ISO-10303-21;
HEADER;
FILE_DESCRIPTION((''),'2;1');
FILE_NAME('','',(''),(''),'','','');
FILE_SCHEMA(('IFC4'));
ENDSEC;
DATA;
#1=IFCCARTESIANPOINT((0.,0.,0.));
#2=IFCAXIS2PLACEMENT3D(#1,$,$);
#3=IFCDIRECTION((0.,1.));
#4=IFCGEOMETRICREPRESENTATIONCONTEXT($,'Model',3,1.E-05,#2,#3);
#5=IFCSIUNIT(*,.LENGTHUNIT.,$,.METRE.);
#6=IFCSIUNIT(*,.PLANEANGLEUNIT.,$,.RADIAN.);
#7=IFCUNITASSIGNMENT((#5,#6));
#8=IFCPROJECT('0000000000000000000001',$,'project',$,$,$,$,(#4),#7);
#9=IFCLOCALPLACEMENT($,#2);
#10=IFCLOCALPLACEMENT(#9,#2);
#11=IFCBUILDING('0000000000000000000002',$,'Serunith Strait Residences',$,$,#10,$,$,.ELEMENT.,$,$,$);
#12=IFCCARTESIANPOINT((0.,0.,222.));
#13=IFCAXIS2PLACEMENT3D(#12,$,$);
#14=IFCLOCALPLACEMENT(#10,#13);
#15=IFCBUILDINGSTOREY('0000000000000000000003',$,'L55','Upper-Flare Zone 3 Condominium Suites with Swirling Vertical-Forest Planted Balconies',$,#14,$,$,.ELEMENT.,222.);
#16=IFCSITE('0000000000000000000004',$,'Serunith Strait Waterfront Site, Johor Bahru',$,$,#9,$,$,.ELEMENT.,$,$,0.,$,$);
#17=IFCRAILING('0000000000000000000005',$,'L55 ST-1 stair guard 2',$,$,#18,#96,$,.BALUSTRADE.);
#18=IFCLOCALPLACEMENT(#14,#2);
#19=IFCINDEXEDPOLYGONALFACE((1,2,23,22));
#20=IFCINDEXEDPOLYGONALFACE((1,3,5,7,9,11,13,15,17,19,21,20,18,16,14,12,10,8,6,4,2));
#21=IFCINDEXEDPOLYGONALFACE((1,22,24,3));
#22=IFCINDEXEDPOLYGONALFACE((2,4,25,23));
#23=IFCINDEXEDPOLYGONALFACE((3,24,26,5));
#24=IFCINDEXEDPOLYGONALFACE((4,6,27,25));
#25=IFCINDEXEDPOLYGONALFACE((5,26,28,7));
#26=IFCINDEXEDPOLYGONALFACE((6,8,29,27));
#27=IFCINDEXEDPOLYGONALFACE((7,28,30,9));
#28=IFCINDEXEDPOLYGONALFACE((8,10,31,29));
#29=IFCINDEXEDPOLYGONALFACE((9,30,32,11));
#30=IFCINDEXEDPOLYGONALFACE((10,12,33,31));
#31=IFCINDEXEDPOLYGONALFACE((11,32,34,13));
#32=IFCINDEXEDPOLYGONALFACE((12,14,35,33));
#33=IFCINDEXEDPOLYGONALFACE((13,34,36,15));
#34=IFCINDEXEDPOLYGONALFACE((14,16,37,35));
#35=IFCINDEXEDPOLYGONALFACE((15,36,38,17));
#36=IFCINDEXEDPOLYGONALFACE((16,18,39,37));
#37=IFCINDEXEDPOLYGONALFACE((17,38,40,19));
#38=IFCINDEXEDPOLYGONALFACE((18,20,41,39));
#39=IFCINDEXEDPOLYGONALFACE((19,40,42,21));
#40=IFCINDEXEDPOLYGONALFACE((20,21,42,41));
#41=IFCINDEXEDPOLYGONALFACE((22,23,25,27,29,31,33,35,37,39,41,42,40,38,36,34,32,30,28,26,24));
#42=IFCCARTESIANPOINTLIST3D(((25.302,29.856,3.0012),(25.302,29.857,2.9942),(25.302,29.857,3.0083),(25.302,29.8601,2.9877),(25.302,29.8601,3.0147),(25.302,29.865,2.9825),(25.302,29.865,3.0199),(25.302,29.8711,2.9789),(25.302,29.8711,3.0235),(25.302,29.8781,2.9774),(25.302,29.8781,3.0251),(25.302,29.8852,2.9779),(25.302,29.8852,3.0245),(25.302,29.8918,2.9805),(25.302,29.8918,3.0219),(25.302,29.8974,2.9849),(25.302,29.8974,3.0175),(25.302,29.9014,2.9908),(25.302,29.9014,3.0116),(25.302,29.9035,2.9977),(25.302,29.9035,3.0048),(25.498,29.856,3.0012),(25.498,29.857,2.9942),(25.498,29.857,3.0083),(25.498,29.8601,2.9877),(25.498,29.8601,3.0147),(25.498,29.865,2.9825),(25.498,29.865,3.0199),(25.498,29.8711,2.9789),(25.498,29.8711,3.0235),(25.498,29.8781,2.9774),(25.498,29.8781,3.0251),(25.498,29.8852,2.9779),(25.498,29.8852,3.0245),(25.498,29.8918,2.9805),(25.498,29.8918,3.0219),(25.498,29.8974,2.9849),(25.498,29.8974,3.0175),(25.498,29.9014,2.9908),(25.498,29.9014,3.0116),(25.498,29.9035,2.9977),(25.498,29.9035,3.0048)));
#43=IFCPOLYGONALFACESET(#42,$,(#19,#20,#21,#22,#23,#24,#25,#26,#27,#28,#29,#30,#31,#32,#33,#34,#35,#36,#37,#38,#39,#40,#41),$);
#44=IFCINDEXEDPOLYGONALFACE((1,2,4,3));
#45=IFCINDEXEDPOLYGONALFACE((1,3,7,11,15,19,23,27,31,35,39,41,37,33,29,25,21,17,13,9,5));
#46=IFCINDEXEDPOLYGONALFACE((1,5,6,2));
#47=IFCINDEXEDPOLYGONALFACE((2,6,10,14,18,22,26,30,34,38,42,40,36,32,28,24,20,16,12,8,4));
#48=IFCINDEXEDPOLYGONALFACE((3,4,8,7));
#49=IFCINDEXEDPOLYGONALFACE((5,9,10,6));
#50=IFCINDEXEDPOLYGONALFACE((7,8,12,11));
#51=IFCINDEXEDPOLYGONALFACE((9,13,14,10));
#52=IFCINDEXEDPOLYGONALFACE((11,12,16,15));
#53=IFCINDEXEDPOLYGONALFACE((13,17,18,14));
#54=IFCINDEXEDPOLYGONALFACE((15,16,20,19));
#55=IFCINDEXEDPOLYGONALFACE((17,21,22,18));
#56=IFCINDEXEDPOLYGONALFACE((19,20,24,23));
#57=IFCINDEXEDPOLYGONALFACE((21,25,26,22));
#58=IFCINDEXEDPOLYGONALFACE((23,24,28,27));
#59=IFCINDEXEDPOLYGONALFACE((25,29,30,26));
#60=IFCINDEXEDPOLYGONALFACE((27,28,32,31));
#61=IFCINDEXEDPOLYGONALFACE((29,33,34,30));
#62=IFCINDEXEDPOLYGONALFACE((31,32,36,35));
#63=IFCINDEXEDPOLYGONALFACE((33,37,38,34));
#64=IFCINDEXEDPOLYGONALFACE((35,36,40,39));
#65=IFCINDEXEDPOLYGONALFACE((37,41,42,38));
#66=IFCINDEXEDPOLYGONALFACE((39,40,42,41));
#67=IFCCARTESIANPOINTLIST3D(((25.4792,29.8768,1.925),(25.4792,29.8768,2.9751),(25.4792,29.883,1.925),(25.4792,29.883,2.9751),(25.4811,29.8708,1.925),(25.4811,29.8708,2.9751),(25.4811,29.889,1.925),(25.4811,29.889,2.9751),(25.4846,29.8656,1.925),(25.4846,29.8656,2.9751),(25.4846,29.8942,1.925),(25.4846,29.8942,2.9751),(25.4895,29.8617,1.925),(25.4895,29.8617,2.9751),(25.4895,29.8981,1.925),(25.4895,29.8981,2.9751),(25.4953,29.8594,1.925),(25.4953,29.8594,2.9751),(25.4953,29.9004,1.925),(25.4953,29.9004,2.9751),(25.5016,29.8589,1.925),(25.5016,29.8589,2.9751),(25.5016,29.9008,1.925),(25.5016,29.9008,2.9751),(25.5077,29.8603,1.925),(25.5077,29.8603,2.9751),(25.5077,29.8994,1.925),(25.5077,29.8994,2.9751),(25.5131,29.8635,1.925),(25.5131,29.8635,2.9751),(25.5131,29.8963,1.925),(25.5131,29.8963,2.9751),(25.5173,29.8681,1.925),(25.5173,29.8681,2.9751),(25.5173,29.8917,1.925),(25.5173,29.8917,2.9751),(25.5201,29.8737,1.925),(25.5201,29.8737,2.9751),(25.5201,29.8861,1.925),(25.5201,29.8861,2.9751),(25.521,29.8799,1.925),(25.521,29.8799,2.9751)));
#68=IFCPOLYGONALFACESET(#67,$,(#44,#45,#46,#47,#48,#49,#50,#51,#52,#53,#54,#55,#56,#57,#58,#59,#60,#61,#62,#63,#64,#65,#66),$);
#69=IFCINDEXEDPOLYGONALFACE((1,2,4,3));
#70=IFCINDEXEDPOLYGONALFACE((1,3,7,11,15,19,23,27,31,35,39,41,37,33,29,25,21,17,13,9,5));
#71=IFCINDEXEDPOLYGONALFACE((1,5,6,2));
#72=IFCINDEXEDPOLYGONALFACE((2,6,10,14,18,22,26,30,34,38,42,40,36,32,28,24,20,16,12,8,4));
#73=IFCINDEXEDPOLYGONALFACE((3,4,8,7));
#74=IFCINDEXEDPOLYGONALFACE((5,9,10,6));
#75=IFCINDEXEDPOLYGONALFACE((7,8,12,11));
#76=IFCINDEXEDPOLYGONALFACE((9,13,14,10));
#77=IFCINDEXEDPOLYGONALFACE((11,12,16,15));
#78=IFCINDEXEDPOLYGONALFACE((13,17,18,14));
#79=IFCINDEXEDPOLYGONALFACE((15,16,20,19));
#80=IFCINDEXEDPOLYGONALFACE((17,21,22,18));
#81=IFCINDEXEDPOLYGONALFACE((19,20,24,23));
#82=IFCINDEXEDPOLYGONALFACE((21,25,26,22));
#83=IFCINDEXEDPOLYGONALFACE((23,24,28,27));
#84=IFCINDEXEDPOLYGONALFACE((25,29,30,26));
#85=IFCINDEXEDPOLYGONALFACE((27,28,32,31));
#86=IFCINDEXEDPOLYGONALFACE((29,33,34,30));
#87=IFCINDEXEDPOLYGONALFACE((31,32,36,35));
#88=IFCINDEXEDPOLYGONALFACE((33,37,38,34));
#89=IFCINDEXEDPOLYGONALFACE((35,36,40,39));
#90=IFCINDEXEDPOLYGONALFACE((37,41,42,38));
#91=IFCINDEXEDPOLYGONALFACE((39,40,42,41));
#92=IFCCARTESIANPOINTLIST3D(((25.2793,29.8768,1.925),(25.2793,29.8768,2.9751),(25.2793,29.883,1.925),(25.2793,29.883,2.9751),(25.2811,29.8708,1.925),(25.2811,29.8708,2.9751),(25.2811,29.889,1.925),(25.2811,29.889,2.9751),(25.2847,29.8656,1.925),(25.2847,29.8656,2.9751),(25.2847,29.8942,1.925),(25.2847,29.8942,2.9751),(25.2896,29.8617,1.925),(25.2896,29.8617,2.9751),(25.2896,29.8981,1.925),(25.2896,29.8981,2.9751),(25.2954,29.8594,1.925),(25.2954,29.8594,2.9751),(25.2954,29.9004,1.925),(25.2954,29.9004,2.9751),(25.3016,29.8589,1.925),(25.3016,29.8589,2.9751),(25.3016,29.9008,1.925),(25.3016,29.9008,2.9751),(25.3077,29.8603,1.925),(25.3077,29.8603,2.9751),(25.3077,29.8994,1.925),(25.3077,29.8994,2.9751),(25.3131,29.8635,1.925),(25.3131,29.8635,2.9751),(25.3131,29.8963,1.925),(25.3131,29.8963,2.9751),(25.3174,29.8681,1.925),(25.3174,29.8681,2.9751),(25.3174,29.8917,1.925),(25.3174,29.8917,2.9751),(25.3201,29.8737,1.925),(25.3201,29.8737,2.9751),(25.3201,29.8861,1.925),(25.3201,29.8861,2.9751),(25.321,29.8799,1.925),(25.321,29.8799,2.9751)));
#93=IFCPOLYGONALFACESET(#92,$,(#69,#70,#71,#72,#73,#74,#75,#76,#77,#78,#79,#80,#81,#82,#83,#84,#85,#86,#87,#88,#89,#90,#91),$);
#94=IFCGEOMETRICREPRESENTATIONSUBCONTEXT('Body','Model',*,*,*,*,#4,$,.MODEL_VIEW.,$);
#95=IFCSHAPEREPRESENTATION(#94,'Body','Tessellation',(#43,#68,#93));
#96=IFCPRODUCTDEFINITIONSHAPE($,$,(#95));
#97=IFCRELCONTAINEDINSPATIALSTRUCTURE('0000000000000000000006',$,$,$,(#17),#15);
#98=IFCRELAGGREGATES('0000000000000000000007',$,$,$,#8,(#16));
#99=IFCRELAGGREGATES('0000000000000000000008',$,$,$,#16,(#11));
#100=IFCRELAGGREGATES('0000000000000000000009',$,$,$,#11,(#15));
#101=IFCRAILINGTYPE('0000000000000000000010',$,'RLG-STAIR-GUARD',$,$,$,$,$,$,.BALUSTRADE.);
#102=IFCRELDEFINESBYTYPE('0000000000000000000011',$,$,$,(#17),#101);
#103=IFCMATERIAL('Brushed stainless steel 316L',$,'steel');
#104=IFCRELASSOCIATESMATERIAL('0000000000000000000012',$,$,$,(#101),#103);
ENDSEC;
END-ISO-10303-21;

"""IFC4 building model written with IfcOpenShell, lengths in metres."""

from ifc_helpers import new_model, si_unit, direction, frame, origin, origin_2d, place, context, subcontext, project, spatial, circle, extrude, material, type_object, element, save


model = new_model("IFC4")

# Units and contexts
model_context = context("Model", 3, precision=1e-05, world=origin(), true_north=direction((0.0, 1.0)))
body_context = subcontext(model_context, "Body", "Model", "MODEL_VIEW")
ifc_project = project(units=[si_unit("LENGTHUNIT", "METRE"), si_unit("PLANEANGLEUNIT", "RADIAN")], contexts=[model_context])

# Site, building, storey
site_placement = place(None, origin())
site = spatial("IfcSite", under=ifc_project, at=site_placement, Name="Serunith Strait Waterfront Site, Johor Bahru", CompositionType="ELEMENT", RefElevation=0.0)
building_placement = place(site_placement, origin())
building = spatial("IfcBuilding", under=site, at=building_placement, Name="Serunith Strait Residences", CompositionType="ELEMENT")
storey_placement = place(building_placement, frame((0.0, 0.0, 222.0)))
storey = spatial("IfcBuildingStorey", under=building, at=storey_placement, Name="L55", Description="Upper-Flare Zone 3 Condominium Suites with Swirling Vertical-Forest Planted Balconies", CompositionType="ELEMENT", Elevation=222.0)

# Railing
ifc_material_1 = material(Name="Brushed stainless steel 316L", Category="steel")
railing_type_1 = type_object("IfcRailingType", Name="RLG-STAIR-GUARD", PredefinedType="BALUSTRADE", material=ifc_material_1)
railing_1_placement = place(storey_placement, frame((25.5, 29.8799, 1.925)))
element("IfcRailing", 1, at=railing_1_placement, inside=storey, type_object=railing_type_1, Name="L55 ST-1 stair guard 2", PredefinedType="BALUSTRADE", context=body_context, shape_type="SweptSolid", body=[
    extrude(circle(Radius=0.0239, at=origin_2d()), frame((-0.002, 0.0, 1.0762), z_axis=(-1.0, 0.0, 0.0), x_axis=(0.0, -1.0, 0.0)), (0.0, 0.0, 1.0), 0.196),
    extrude(circle(Radius=0.021, at=origin_2d()), origin(), (0.0, 0.0, 1.0), 1.05),
    extrude(circle(Radius=0.021, at=origin_2d()), frame((-0.2, 0.0, 0.0)), (0.0, 0.0, 1.0), 1.05),
])

save(model, "model.ifc")
